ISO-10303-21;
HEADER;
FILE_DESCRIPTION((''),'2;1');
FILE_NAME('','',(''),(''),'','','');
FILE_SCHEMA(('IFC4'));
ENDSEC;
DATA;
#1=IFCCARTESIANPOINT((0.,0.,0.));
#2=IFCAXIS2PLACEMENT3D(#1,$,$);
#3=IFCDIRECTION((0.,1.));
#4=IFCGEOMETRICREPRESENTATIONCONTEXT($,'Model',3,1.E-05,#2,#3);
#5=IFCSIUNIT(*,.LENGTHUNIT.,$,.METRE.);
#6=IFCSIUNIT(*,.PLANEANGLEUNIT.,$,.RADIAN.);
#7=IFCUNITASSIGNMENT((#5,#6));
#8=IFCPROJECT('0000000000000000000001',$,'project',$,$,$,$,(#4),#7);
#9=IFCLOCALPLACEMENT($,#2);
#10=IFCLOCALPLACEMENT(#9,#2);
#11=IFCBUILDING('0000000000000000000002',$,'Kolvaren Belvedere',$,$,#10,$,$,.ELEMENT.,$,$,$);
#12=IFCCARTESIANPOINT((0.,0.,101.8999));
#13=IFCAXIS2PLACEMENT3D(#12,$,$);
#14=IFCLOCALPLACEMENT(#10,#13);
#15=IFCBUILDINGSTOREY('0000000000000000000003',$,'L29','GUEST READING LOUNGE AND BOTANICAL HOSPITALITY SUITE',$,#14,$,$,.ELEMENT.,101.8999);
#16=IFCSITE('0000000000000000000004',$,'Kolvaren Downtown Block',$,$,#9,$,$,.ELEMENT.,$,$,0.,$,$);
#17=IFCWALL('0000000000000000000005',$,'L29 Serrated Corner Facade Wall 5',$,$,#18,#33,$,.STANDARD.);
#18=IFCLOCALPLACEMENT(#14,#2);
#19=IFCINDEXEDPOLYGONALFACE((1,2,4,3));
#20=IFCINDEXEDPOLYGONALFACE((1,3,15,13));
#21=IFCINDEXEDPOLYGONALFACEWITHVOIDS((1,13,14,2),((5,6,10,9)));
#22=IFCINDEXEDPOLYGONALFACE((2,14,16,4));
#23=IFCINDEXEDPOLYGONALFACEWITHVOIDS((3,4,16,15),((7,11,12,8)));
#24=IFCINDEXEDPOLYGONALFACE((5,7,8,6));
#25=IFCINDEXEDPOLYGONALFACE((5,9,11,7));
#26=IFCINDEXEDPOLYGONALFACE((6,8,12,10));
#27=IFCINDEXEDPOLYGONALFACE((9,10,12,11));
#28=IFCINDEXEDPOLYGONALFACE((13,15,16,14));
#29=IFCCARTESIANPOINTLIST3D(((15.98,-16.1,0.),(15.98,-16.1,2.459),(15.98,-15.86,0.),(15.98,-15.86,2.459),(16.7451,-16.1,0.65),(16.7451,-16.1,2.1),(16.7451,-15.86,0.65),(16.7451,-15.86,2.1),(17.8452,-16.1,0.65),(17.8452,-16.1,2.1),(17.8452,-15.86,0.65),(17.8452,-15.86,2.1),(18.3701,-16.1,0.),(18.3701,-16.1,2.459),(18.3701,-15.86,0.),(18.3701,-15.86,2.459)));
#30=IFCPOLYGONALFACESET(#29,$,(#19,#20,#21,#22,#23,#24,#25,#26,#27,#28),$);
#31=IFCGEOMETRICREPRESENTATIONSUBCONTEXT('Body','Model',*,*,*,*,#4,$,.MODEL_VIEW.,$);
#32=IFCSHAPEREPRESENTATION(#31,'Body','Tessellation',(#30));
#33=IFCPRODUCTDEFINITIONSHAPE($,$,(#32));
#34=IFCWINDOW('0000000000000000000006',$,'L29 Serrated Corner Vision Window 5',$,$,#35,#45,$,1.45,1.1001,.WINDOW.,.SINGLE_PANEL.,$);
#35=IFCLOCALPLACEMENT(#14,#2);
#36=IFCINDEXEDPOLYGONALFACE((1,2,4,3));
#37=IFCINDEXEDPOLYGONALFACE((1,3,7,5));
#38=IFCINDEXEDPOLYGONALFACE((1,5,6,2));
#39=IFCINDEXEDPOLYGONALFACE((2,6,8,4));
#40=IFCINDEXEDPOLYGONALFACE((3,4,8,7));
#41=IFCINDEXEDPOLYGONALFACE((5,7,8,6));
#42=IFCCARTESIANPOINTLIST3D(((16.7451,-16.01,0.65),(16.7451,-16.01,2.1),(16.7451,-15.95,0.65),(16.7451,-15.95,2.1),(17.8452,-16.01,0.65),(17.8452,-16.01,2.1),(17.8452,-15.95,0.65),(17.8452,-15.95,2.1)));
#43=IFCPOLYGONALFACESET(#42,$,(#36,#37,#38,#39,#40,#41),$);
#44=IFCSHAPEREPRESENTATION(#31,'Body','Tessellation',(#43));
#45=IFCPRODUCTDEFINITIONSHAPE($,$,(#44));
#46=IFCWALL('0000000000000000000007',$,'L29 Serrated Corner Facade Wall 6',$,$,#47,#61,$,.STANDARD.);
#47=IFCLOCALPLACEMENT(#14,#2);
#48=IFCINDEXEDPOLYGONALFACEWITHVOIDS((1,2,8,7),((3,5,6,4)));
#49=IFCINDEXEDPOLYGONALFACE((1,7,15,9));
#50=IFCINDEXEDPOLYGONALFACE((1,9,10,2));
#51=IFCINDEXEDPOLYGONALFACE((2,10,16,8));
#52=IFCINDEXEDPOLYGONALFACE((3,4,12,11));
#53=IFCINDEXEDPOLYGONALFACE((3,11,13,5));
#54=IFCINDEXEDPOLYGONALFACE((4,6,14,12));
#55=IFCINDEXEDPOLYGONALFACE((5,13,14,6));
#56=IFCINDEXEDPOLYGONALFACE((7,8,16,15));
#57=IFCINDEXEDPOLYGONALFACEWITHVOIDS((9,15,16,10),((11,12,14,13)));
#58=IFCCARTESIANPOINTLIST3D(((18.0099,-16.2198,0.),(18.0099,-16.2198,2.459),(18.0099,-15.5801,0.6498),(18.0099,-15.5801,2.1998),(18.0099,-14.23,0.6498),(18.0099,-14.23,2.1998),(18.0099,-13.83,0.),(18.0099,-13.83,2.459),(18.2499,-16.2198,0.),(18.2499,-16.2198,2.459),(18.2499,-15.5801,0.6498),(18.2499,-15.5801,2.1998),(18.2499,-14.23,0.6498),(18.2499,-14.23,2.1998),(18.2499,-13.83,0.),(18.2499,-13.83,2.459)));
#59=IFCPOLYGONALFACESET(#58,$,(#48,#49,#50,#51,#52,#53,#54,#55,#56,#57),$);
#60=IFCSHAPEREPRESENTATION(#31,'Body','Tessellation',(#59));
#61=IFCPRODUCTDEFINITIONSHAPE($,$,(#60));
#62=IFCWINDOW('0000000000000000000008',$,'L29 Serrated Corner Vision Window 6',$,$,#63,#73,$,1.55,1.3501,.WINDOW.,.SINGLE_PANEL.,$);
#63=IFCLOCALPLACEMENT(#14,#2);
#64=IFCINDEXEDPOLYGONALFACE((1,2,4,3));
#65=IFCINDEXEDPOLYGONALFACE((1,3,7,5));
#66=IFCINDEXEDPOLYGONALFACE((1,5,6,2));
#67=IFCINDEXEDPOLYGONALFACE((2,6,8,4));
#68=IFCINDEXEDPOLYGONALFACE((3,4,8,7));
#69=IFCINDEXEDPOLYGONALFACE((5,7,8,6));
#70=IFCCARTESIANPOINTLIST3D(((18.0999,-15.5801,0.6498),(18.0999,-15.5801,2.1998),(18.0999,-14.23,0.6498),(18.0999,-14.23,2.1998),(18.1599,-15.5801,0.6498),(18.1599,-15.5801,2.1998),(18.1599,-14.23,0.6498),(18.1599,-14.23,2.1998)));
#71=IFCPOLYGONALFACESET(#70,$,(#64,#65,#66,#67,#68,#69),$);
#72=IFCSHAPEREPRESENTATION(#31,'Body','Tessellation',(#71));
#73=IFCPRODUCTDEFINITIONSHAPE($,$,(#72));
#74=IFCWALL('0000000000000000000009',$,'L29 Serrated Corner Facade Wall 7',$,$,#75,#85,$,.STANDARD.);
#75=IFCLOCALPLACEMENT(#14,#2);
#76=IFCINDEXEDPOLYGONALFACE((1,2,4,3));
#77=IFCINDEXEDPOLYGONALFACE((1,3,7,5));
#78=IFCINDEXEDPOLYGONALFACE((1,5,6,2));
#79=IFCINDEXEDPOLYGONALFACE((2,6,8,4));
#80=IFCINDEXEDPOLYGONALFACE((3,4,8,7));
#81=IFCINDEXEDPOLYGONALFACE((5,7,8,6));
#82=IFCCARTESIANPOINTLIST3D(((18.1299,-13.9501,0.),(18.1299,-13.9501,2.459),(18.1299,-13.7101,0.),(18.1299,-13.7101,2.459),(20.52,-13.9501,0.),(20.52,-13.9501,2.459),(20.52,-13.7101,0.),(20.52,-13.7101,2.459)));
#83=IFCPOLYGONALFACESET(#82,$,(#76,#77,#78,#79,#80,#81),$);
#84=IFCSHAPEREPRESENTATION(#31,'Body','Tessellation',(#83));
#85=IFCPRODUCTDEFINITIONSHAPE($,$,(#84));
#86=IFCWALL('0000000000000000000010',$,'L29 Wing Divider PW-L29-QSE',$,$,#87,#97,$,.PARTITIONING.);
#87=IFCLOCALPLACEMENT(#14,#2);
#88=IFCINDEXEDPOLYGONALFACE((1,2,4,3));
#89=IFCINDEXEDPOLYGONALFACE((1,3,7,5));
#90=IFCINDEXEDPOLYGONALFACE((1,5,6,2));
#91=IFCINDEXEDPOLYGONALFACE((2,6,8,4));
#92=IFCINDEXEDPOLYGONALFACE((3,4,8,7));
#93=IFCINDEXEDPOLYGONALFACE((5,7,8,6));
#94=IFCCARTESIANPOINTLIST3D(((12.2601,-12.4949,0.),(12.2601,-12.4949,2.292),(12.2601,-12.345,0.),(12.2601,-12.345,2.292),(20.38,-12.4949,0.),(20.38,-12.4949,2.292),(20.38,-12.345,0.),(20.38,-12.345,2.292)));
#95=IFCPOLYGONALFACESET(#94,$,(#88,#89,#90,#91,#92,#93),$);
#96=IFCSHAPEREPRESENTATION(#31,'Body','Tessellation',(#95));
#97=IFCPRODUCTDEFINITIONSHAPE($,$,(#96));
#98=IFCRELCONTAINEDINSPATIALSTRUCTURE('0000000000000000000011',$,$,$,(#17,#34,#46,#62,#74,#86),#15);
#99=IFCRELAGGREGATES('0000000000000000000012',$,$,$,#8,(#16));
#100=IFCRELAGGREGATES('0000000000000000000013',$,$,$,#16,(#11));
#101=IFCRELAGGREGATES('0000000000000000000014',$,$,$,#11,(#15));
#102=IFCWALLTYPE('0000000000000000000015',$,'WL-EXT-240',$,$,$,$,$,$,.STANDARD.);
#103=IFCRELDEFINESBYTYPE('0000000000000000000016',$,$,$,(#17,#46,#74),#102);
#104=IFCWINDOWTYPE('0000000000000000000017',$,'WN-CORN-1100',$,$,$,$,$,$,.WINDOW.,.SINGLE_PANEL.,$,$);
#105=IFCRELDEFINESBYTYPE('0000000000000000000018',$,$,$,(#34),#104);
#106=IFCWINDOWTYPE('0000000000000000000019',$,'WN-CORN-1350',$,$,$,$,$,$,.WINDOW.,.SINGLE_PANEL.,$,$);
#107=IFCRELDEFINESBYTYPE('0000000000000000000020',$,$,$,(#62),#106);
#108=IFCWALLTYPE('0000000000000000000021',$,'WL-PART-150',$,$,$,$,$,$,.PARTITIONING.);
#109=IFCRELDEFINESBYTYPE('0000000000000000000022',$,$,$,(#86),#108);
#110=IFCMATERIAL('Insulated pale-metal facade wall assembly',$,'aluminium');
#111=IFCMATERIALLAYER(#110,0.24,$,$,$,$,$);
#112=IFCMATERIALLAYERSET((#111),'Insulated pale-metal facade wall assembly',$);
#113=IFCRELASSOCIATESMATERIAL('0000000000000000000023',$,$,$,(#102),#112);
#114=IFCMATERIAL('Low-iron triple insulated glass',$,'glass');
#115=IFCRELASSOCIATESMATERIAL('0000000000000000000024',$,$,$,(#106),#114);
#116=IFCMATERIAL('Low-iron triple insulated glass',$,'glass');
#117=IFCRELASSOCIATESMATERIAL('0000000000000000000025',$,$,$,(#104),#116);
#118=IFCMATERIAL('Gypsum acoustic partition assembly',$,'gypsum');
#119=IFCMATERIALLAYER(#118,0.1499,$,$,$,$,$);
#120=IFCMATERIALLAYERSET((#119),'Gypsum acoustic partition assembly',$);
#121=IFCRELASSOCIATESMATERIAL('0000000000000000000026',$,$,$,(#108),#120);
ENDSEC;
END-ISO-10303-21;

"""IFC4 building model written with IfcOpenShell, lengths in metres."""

from ifc_helpers import new_model, si_unit, direction, frame, frame_2d, origin, place, context, subcontext, project, spatial, rectangle, extrude, material, layer, layer_set, type_object, element, fill, save


model = new_model("IFC4")

# Units and contexts
model_context = context("Model", 3, precision=1e-05, world=origin(), true_north=direction((0.0, 1.0)))
body_context = subcontext(model_context, "Body", "Model", "MODEL_VIEW")
ifc_project = project(units=[si_unit("LENGTHUNIT", "METRE"), si_unit("PLANEANGLEUNIT", "RADIAN")], contexts=[model_context])

# Site, building, storey
site_placement = place(None, origin())
site = spatial("IfcSite", under=ifc_project, at=site_placement, Name="Kolvaren Downtown Block", CompositionType="ELEMENT", RefElevation=0.0)
building_placement = place(site_placement, origin())
building = spatial("IfcBuilding", under=site, at=building_placement, Name="Kolvaren Belvedere", CompositionType="ELEMENT")
storey_placement = place(building_placement, frame((0.0, 0.0, 101.8999)))
storey = spatial("IfcBuildingStorey", under=building, at=storey_placement, Name="L29", Description="GUEST READING LOUNGE AND BOTANICAL HOSPITALITY SUITE", CompositionType="ELEMENT", Elevation=101.8999)

# Shared definitions
ifc_material_1 = material(Name="Insulated pale-metal facade wall assembly", Category="aluminium")
ifc_layer_1 = layer(ifc_material_1, 0.24)
ifc_layer_set_1 = layer_set([ifc_layer_1], Name="Insulated pale-metal facade wall assembly")
wall_type_1 = type_object("IfcWallType", Name="WL-EXT-240", PredefinedType="STANDARD", material=ifc_layer_set_1)

# Walls, openings, windows
ifc_material_2 = material(Name="Low-iron triple insulated glass", Category="glass")
window_type_1 = type_object("IfcWindowType", Name="WN-CORN-1350", PartitioningType="SINGLE_PANEL", PredefinedType="WINDOW", material=ifc_material_2)
ifc_material_3 = material(Name="Low-iron triple insulated glass", Category="glass")
window_type_2 = type_object("IfcWindowType", Name="WN-CORN-1100", PartitioningType="SINGLE_PANEL", PredefinedType="WINDOW", material=ifc_material_3)
wall_1_placement = place(storey_placement, frame((18.3701, -15.98, 0.0), z_axis=(0.0, 0.0, 1.0), x_axis=(-1.0, 0.0, 0.0)))
wall_1 = element("IfcWall", 1, at=wall_1_placement, inside=storey, type_object=wall_type_1, Name="L29 Serrated Corner Facade Wall 5", PredefinedType="STANDARD", context=body_context, shape_type="SweptSolid", body=[
    extrude(rectangle(XDim=2.3901, YDim=0.24, at=frame_2d((1.1951, 0.0))), origin(), (0.0, 0.0, 1.0), 2.459),
])
opening_1_placement = place(wall_1_placement, frame((0.5249, 0.0, 0.6499)))
opening_1 = element("IfcOpeningElement", 2, at=opening_1_placement, cuts=wall_1, PredefinedType="OPENING", context=body_context, shape_type="SweptSolid", body=[
    extrude(rectangle(XDim=1.1001, YDim=1.45, at=frame_2d((0.55, 0.7251))), frame((0.0, 0.1299, 0.0), z_axis=(0.0, -1.0, 0.0), x_axis=(1.0, 0.0, 0.0)), (0.0, 0.0, 1.0), 0.26),
])
window_1_placement = place(opening_1_placement, origin())
window_1 = element("IfcWindow", 3, at=window_1_placement, inside=storey, type_object=window_type_2, Name="L29 Serrated Corner Vision Window 5", OverallHeight=1.45, OverallWidth=1.1001, PartitioningType="SINGLE_PANEL", PredefinedType="WINDOW", context=body_context, shape_type="SweptSolid", body=[
    extrude(rectangle(XDim=1.1001, YDim=1.45, at=frame_2d((0.55, 0.7251))), frame((0.0, 0.03, 0.0), z_axis=(0.0, -1.0, 0.0), x_axis=(1.0, 0.0, 0.0)), (0.0, 0.0, 1.0), 0.0601),
])
fill(opening_1, window_1)
wall_2_placement = place(storey_placement, frame((18.1299, -13.8301, 0.0), z_axis=(0.0, 0.0, 1.0), x_axis=(0.0, -1.0, 0.0)))
wall_2 = element("IfcWall", 4, at=wall_2_placement, inside=storey, type_object=wall_type_1, Name="L29 Serrated Corner Facade Wall 6", PredefinedType="STANDARD", context=body_context, shape_type="SweptSolid", body=[
    extrude(rectangle(XDim=2.3899, YDim=0.24, at=frame_2d((1.1948, 0.0))), origin(), (0.0, 0.0, 1.0), 2.459),
])
opening_2_placement = place(wall_2_placement, frame((0.3999, 0.0, 0.6499)))
opening_2 = element("IfcOpeningElement", 5, at=opening_2_placement, cuts=wall_2, PredefinedType="OPENING", context=body_context, shape_type="SweptSolid", body=[
    extrude(rectangle(XDim=1.3501, YDim=1.55, at=frame_2d((0.675, 0.7749))), frame((0.0, 0.1299, 0.0), z_axis=(0.0, -1.0, 0.0), x_axis=(1.0, 0.0, 0.0)), (0.0, 0.0, 1.0), 0.26),
])
window_2_placement = place(opening_2_placement, origin())
window_2 = element("IfcWindow", 6, at=window_2_placement, inside=storey, type_object=window_type_1, Name="L29 Serrated Corner Vision Window 6", OverallHeight=1.55, OverallWidth=1.3501, PartitioningType="SINGLE_PANEL", PredefinedType="WINDOW", context=body_context, shape_type="SweptSolid", body=[
    extrude(rectangle(XDim=1.3501, YDim=1.55, at=frame_2d((0.675, 0.7749))), frame((0.0, 0.03, 0.0), z_axis=(0.0, -1.0, 0.0), x_axis=(1.0, 0.0, 0.0)), (0.0, 0.0, 1.0), 0.0601),
])
fill(opening_2, window_2)

# Walls
wall_3_placement = place(storey_placement, frame((20.52, -13.8301, 0.0), z_axis=(0.0, 0.0, 1.0), x_axis=(-1.0, 0.0, 0.0)))
element("IfcWall", 7, at=wall_3_placement, inside=storey, type_object=wall_type_1, Name="L29 Serrated Corner Facade Wall 7", PredefinedType="STANDARD", context=body_context, shape_type="SweptSolid", body=[
    extrude(rectangle(XDim=2.3901, YDim=0.24, at=frame_2d((1.1951, 0.0))), origin(), (0.0, 0.0, 1.0), 2.459),
])
ifc_material_4 = material(Name="Gypsum acoustic partition assembly", Category="gypsum")
ifc_layer_2 = layer(ifc_material_4, 0.1499)
ifc_layer_set_2 = layer_set([ifc_layer_2], Name="Gypsum acoustic partition assembly")
wall_type_2 = type_object("IfcWallType", Name="WL-PART-150", PredefinedType="PARTITIONING", material=ifc_layer_set_2)
wall_4_placement = place(storey_placement, frame((12.26, -12.4199, 0.0), z_axis=(0.0, 0.0, 1.0), x_axis=(1.0, 0.0, 0.0)))
element("IfcWall", 8, at=wall_4_placement, inside=storey, type_object=wall_type_2, Name="L29 Wing Divider PW-L29-QSE", PredefinedType="PARTITIONING", context=body_context, shape_type="SweptSolid", body=[
    extrude(rectangle(XDim=8.1199, YDim=0.1499, at=frame_2d((4.0601, 0.0))), origin(), (0.0, 0.0, 1.0), 2.292),
])

save(model, "model.ifc")
